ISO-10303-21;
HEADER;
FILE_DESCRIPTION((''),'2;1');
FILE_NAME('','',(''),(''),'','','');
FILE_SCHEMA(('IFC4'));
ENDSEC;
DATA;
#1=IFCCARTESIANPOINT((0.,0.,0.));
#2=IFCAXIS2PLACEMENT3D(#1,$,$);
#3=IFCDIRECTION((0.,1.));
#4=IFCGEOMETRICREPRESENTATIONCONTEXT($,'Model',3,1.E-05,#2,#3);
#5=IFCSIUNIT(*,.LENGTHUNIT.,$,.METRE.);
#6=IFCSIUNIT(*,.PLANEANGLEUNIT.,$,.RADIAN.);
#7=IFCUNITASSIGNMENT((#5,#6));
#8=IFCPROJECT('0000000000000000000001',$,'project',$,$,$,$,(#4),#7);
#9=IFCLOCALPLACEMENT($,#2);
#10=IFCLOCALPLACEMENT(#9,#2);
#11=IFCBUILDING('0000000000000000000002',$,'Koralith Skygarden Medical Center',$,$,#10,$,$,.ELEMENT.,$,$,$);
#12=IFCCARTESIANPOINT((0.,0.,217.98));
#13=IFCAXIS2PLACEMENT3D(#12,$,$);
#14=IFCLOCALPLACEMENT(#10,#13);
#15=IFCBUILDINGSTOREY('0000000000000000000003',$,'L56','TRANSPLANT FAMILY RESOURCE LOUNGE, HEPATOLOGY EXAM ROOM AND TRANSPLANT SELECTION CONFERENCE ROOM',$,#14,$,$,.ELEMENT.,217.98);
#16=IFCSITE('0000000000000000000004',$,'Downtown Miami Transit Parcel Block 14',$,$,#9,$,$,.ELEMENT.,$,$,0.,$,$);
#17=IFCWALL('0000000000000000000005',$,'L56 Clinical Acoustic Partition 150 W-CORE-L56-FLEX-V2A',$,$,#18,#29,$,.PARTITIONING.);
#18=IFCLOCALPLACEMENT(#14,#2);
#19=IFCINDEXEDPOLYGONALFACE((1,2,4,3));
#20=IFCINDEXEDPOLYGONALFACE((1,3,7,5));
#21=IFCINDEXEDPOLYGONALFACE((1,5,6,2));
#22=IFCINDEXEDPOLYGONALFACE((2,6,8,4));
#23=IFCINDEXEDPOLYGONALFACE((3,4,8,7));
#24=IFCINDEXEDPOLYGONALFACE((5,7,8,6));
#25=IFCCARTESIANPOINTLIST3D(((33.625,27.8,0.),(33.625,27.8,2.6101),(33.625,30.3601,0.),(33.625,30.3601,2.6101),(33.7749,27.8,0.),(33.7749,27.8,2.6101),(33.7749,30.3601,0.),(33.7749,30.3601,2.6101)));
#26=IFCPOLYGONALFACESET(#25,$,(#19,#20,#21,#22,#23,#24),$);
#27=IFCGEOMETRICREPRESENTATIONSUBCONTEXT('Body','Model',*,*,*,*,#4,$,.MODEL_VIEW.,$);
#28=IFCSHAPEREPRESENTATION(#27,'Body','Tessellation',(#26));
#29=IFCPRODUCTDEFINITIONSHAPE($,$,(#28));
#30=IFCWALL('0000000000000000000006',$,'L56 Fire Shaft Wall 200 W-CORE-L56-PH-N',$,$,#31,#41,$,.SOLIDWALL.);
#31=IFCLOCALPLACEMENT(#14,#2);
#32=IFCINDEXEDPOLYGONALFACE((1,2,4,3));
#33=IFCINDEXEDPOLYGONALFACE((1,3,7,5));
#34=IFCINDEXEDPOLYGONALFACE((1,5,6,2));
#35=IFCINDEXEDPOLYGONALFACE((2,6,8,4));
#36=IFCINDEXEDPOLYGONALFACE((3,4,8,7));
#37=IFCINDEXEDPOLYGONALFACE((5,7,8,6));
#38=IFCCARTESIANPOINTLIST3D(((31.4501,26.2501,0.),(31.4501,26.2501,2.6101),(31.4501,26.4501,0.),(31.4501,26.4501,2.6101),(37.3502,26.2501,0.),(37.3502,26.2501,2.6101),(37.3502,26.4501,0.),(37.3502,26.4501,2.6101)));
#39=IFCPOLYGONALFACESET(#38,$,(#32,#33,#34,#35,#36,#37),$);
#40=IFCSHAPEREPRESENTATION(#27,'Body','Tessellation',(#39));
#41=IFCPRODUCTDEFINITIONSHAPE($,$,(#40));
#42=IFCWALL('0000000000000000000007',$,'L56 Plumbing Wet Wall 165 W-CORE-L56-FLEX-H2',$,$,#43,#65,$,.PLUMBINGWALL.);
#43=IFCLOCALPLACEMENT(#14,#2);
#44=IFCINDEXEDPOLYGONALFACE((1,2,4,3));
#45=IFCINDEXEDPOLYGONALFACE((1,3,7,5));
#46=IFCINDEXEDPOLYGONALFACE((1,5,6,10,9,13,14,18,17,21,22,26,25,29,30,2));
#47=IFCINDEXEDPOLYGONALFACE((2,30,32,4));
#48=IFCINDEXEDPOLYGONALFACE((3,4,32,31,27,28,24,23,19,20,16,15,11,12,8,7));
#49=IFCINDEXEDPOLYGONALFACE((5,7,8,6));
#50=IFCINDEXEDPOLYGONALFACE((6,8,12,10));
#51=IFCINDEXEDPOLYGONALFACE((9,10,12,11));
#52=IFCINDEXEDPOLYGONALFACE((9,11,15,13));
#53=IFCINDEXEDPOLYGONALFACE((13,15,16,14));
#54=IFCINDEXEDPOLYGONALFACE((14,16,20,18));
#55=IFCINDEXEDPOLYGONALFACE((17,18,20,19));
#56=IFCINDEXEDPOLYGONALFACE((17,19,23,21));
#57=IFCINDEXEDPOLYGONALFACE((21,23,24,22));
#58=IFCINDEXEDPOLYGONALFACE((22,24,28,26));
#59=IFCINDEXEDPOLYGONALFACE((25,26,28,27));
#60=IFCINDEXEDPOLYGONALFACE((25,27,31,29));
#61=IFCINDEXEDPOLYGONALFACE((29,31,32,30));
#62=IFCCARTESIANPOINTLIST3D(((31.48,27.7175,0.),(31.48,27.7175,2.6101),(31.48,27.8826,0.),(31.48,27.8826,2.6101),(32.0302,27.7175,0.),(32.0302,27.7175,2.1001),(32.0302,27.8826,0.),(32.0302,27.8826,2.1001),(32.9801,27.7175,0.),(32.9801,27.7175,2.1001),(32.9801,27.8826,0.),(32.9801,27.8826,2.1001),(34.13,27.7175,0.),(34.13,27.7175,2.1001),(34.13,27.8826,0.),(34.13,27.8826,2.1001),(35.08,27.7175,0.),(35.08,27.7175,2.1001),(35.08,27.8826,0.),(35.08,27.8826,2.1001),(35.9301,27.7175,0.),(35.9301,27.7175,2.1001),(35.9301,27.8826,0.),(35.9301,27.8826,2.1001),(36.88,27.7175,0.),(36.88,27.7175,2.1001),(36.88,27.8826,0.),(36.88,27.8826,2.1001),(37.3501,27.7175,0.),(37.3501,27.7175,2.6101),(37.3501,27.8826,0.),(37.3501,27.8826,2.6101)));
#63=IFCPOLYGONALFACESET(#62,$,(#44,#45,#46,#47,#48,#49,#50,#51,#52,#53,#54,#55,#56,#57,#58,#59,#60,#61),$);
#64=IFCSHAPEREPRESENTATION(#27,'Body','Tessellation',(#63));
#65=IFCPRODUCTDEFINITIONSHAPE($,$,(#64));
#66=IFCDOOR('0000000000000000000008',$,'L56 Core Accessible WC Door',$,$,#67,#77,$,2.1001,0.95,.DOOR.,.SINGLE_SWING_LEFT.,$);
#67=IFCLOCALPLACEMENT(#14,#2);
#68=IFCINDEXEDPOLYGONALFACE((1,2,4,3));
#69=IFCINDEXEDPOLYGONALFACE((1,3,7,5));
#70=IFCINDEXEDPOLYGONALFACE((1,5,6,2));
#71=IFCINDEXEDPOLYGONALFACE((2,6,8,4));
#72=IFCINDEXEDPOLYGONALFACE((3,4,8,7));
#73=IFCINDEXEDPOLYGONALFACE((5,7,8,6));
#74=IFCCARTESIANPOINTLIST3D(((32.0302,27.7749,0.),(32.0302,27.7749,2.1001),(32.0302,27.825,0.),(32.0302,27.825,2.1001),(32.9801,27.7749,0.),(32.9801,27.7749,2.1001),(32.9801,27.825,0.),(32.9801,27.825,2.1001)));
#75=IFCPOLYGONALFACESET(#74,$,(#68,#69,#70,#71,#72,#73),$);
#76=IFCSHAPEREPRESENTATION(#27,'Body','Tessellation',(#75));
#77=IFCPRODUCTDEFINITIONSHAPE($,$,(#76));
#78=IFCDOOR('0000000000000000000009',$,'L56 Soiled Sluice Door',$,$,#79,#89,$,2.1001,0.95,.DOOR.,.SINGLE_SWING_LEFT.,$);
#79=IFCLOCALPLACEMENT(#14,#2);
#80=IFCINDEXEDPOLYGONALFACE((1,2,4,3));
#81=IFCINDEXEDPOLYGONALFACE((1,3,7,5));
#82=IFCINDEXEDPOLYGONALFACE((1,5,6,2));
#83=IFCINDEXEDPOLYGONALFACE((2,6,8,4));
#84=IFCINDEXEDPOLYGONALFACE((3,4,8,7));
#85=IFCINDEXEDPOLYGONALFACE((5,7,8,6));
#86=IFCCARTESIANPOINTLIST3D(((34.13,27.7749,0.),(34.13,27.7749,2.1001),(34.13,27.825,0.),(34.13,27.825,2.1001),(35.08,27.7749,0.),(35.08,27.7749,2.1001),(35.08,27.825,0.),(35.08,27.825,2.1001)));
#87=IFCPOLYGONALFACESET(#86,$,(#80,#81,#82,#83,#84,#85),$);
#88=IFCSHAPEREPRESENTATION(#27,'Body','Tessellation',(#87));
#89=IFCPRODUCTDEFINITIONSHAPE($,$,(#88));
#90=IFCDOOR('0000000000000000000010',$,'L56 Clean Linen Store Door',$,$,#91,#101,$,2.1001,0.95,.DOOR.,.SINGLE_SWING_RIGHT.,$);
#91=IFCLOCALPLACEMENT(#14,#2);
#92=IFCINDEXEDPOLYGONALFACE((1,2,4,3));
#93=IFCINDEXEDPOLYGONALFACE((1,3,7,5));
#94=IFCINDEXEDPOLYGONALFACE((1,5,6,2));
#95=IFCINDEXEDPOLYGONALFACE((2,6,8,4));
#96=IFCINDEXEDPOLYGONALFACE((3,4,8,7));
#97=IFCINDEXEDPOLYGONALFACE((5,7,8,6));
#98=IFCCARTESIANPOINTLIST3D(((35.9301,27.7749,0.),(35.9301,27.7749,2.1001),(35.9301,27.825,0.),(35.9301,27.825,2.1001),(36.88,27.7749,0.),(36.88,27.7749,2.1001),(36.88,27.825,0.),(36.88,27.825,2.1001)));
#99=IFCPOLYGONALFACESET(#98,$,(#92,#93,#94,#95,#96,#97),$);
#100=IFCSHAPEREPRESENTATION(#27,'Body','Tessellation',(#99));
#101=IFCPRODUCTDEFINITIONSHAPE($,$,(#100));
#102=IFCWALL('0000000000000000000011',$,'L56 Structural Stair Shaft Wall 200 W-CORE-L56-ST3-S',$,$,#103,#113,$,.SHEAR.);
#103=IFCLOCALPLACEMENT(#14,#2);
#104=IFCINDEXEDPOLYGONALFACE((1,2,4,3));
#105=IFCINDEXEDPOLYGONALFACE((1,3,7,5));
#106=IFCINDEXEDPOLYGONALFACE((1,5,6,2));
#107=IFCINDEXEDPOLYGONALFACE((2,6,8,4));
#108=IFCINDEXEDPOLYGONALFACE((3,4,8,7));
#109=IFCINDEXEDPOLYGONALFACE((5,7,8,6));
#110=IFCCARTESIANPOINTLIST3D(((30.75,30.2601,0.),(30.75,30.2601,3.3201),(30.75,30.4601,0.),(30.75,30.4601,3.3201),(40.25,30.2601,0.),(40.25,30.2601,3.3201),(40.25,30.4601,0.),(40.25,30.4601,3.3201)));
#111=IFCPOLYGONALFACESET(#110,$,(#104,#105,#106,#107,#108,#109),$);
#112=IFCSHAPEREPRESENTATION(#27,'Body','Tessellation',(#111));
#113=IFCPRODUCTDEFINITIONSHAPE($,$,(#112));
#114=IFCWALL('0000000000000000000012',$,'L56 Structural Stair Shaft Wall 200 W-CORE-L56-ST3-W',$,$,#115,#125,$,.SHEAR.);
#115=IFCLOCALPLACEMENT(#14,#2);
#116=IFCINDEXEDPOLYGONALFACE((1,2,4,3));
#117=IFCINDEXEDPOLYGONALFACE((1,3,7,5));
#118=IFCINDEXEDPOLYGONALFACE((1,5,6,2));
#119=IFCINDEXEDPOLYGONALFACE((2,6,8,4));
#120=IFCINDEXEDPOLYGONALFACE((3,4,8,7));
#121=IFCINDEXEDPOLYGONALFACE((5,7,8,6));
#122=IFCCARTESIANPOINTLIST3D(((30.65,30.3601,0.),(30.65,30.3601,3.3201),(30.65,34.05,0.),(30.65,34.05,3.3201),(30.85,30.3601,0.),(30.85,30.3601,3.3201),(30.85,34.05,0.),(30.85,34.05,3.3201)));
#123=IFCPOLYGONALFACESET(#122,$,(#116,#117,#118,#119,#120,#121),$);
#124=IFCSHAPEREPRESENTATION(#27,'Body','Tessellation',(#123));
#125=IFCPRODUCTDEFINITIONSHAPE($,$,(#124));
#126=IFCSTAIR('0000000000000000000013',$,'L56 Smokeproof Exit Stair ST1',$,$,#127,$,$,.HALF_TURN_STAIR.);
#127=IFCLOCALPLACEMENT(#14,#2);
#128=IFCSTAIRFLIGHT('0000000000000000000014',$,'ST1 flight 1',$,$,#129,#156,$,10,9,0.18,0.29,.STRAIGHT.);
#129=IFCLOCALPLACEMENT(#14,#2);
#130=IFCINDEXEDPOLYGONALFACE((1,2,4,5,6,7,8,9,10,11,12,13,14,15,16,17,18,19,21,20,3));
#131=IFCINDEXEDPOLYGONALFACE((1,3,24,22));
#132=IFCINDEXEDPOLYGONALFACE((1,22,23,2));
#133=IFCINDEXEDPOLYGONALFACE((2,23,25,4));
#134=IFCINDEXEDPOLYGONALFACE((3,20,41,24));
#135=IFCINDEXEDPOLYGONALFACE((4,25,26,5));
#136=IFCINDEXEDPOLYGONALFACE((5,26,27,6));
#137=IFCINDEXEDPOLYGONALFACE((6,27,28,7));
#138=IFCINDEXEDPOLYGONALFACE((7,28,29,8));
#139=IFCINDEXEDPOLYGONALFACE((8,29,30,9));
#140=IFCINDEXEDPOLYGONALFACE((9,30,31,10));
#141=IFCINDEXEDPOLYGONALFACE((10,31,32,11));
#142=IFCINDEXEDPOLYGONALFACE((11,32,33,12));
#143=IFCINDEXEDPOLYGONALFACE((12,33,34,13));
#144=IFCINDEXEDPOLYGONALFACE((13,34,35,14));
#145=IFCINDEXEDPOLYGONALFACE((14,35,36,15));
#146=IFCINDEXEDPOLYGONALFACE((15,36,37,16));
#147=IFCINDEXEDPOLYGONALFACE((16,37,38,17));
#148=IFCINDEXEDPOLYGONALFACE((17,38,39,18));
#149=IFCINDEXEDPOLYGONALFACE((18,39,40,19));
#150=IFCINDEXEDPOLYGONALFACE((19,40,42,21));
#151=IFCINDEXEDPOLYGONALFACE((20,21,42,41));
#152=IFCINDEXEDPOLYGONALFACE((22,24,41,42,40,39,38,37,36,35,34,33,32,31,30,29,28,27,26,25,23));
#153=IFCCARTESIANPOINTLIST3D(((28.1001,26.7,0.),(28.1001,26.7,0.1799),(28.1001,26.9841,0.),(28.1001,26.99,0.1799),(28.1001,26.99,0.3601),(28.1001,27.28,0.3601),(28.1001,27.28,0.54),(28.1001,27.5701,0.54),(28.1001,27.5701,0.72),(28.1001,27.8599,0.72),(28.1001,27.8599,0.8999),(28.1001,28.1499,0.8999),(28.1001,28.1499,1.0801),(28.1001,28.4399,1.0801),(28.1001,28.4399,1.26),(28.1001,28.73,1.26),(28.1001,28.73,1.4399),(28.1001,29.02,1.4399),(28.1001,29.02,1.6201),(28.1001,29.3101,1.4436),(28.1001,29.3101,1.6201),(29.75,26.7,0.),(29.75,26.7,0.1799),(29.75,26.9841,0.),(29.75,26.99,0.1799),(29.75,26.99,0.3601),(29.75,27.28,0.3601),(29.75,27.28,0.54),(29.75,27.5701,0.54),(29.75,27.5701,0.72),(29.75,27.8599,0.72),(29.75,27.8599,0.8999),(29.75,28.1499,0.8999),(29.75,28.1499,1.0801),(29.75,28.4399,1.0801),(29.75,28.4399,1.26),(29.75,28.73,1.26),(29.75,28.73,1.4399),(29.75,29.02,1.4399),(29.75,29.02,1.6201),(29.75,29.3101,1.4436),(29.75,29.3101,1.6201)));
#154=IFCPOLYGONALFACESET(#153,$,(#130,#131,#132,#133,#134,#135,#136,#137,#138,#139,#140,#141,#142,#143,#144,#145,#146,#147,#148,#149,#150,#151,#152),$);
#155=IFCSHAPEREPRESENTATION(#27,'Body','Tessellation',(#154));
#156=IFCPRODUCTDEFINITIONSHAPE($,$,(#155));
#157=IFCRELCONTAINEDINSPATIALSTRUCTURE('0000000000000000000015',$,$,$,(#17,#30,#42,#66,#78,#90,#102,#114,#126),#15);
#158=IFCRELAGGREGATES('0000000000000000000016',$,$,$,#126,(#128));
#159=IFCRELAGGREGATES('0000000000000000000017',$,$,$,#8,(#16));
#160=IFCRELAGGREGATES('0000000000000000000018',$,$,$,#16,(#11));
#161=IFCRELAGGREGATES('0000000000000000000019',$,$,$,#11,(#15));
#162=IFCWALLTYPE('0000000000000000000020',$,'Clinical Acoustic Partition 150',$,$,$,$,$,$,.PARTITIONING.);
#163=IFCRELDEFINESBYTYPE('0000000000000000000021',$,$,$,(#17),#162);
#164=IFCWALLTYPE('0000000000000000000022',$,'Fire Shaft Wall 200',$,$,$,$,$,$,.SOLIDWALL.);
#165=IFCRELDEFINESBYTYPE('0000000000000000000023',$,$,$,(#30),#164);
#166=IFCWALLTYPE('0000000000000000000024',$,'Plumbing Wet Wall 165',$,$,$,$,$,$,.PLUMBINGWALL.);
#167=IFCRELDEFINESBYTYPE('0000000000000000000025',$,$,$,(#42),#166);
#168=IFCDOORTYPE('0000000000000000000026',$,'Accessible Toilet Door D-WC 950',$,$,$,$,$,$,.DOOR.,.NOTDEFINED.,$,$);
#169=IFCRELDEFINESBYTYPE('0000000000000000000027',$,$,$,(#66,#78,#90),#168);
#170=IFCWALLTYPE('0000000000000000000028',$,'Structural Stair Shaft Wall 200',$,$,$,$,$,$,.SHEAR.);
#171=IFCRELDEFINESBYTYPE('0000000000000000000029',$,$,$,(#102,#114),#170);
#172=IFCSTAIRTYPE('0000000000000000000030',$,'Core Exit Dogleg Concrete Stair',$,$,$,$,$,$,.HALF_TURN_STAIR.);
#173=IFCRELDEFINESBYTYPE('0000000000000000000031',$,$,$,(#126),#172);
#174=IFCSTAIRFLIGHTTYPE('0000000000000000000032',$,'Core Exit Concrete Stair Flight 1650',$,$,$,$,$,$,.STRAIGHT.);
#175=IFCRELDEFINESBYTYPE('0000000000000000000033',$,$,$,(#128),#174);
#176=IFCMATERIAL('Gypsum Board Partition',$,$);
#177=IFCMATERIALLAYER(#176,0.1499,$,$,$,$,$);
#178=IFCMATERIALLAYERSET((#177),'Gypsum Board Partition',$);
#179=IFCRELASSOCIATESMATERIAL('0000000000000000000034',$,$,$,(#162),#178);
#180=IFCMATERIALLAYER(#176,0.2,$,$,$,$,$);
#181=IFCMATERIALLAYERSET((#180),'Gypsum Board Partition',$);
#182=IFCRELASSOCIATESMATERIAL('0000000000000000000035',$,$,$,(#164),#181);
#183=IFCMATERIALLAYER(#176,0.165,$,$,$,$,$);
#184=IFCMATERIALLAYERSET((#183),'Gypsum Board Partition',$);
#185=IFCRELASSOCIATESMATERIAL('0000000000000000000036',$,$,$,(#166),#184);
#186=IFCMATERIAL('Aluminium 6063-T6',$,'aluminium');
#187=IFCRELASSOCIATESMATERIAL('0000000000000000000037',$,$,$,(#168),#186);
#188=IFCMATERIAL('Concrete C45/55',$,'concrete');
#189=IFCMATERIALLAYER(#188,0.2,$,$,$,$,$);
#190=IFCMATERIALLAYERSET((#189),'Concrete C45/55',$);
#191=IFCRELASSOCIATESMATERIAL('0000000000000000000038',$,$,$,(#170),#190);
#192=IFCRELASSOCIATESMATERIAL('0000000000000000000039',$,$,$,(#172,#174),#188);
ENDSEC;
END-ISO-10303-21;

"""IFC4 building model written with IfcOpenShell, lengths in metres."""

from ifc_helpers import new_model, si_unit, direction, frame, frame_2d, origin, place, context, subcontext, project, spatial, polyline, rectangle, outline, extrude, material, layer, layer_set, type_object, element, fill, aggregate, save


model = new_model("IFC4")

# Units and contexts
model_context = context("Model", 3, precision=1e-05, world=origin(), true_north=direction((0.0, 1.0)))
body_context = subcontext(model_context, "Body", "Model", "MODEL_VIEW")
ifc_project = project(units=[si_unit("LENGTHUNIT", "METRE"), si_unit("PLANEANGLEUNIT", "RADIAN")], contexts=[model_context])

# Site, building, storey
site_placement = place(None, origin())
site = spatial("IfcSite", under=ifc_project, at=site_placement, Name="Downtown Miami Transit Parcel Block 14", CompositionType="ELEMENT", RefElevation=0.0)
building_placement = place(site_placement, origin())
building = spatial("IfcBuilding", under=site, at=building_placement, Name="Koralith Skygarden Medical Center", CompositionType="ELEMENT")
storey_placement = place(building_placement, frame((0.0, 0.0, 217.98)))
storey = spatial("IfcBuildingStorey", under=building, at=storey_placement, Name="L56", Description="TRANSPLANT FAMILY RESOURCE LOUNGE, HEPATOLOGY EXAM ROOM AND TRANSPLANT SELECTION CONFERENCE ROOM", CompositionType="ELEMENT", Elevation=217.98)

# Walls
ifc_material_1 = material(Name="Gypsum Board Partition")
ifc_layer_1 = layer(ifc_material_1, 0.1499)
ifc_layer_set_1 = layer_set([ifc_layer_1], Name="Gypsum Board Partition")
wall_type_1 = type_object("IfcWallType", Name="Clinical Acoustic Partition 150", PredefinedType="PARTITIONING", material=ifc_layer_set_1)
wall_1_placement = place(storey_placement, frame((33.7, 27.8, 0.0), z_axis=(0.0, 0.0, 1.0), x_axis=(0.0, 1.0, 0.0)))
element("IfcWall", 1, at=wall_1_placement, inside=storey, type_object=wall_type_1, Name="L56 Clinical Acoustic Partition 150 W-CORE-L56-FLEX-V2A", PredefinedType="PARTITIONING", context=body_context, shape_type="SweptSolid", body=[
    extrude(rectangle(XDim=2.5601, YDim=0.1499, at=frame_2d((1.28, 0.0))), origin(), (0.0, 0.0, 1.0), 2.6101),
])
ifc_layer_2 = layer(ifc_material_1, 0.2)
ifc_layer_set_2 = layer_set([ifc_layer_2], Name="Gypsum Board Partition")
wall_type_2 = type_object("IfcWallType", Name="Fire Shaft Wall 200", PredefinedType="SOLIDWALL", material=ifc_layer_set_2)
wall_2_placement = place(storey_placement, frame((31.45, 26.3501, 0.0), z_axis=(0.0, 0.0, 1.0), x_axis=(1.0, 0.0, 0.0)))
element("IfcWall", 2, at=wall_2_placement, inside=storey, type_object=wall_type_2, Name="L56 Fire Shaft Wall 200 W-CORE-L56-PH-N", PredefinedType="SOLIDWALL", context=body_context, shape_type="SweptSolid", body=[
    extrude(rectangle(XDim=5.9001, YDim=0.2, at=frame_2d((2.9502, 0.0))), origin(), (0.0, 0.0, 1.0), 2.6101),
])

# Shared definitions
ifc_layer_3 = layer(ifc_material_1, 0.165)
ifc_layer_set_3 = layer_set([ifc_layer_3], Name="Gypsum Board Partition")
wall_type_3 = type_object("IfcWallType", Name="Plumbing Wet Wall 165", PredefinedType="PLUMBINGWALL", material=ifc_layer_set_3)
ifc_material_2 = material(Name="Aluminium 6063-T6", Category="aluminium")

# Wall, openings, doors
wall_3_placement = place(storey_placement, frame((31.48, 27.8, 0.0), z_axis=(0.0, 0.0, 1.0), x_axis=(1.0, 0.0, 0.0)))
wall_3 = element("IfcWall", 3, at=wall_3_placement, inside=storey, type_object=wall_type_3, Name="L56 Plumbing Wet Wall 165 W-CORE-L56-FLEX-H2", PredefinedType="PLUMBINGWALL", context=body_context, shape_type="SweptSolid", body=[
    extrude(rectangle(XDim=5.8701, YDim=0.165, at=frame_2d((2.9351, 0.0))), origin(), (0.0, 0.0, 1.0), 2.6101),
])
opening_1_placement = place(wall_3_placement, frame((0.55, 0.0, 0.0)))
opening_1 = element("IfcOpeningElement", 4, at=opening_1_placement, cuts=wall_3, PredefinedType="OPENING", context=body_context, shape_type="SweptSolid", body=[
    extrude(rectangle(XDim=0.95, YDim=2.1001, at=frame_2d((0.4751, 1.05))), frame((0.0, 0.0925, 0.0), z_axis=(0.0, -1.0, 0.0), x_axis=(1.0, 0.0, 0.0)), (0.0, 0.0, 1.0), 0.1851),
])
opening_2_placement = place(wall_3_placement, frame((2.6499, 0.0, 0.0)))
opening_2 = element("IfcOpeningElement", 5, at=opening_2_placement, cuts=wall_3, PredefinedType="OPENING", context=body_context, shape_type="SweptSolid", body=[
    extrude(rectangle(XDim=0.95, YDim=2.1001, at=frame_2d((0.4751, 1.05))), frame((0.0, 0.0925, 0.0), z_axis=(0.0, -1.0, 0.0), x_axis=(1.0, 0.0, 0.0)), (0.0, 0.0, 1.0), 0.1851),
])
opening_3_placement = place(wall_3_placement, frame((4.45, 0.0, 0.0)))
opening_3 = element("IfcOpeningElement", 6, at=opening_3_placement, cuts=wall_3, PredefinedType="OPENING", context=body_context, shape_type="SweptSolid", body=[
    extrude(rectangle(XDim=0.95, YDim=2.1001, at=frame_2d((0.4751, 1.05))), frame((0.0, 0.0925, 0.0), z_axis=(0.0, -1.0, 0.0), x_axis=(1.0, 0.0, 0.0)), (0.0, 0.0, 1.0), 0.1851),
])
door_type_1 = type_object("IfcDoorType", Name="Accessible Toilet Door D-WC 950", OperationType="NOTDEFINED", PredefinedType="DOOR", material=ifc_material_2)
door_1_placement = place(opening_1_placement, origin())
door_1 = element("IfcDoor", 7, at=door_1_placement, inside=storey, type_object=door_type_1, Name="L56 Core Accessible WC Door", OperationType="SINGLE_SWING_LEFT", OverallHeight=2.1001, OverallWidth=0.95, PredefinedType="DOOR", context=body_context, shape_type="SweptSolid", body=[
    extrude(rectangle(XDim=0.95, YDim=2.1001, at=frame_2d((0.4751, 1.05))), frame((0.0, 0.0249, 0.0), z_axis=(0.0, -1.0, 0.0), x_axis=(1.0, 0.0, 0.0)), (0.0, 0.0, 1.0), 0.05),
])
fill(opening_1, door_1)
door_2_placement = place(opening_2_placement, origin())
door_2 = element("IfcDoor", 8, at=door_2_placement, inside=storey, type_object=door_type_1, Name="L56 Soiled Sluice Door", OperationType="SINGLE_SWING_LEFT", OverallHeight=2.1001, OverallWidth=0.95, PredefinedType="DOOR", context=body_context, shape_type="SweptSolid", body=[
    extrude(rectangle(XDim=0.95, YDim=2.1001, at=frame_2d((0.4751, 1.05))), frame((0.0, 0.0249, 0.0), z_axis=(0.0, -1.0, 0.0), x_axis=(1.0, 0.0, 0.0)), (0.0, 0.0, 1.0), 0.05),
])
fill(opening_2, door_2)
door_3_placement = place(opening_3_placement, origin())
door_3 = element("IfcDoor", 9, at=door_3_placement, inside=storey, type_object=door_type_1, Name="L56 Clean Linen Store Door", OperationType="SINGLE_SWING_RIGHT", OverallHeight=2.1001, OverallWidth=0.95, PredefinedType="DOOR", context=body_context, shape_type="SweptSolid", body=[
    extrude(rectangle(XDim=0.95, YDim=2.1001, at=frame_2d((0.4751, 1.05))), frame((0.0, 0.0249, 0.0), z_axis=(0.0, -1.0, 0.0), x_axis=(1.0, 0.0, 0.0)), (0.0, 0.0, 1.0), 0.05),
])
fill(opening_3, door_3)

# Walls
ifc_material_3 = material(Name="Concrete C45/55", Category="concrete")
ifc_layer_4 = layer(ifc_material_3, 0.2)
ifc_layer_set_4 = layer_set([ifc_layer_4], Name="Concrete C45/55")
wall_type_4 = type_object("IfcWallType", Name="Structural Stair Shaft Wall 200", PredefinedType="SHEAR", material=ifc_layer_set_4)
wall_4_placement = place(storey_placement, frame((30.75, 30.3601, 0.0), z_axis=(0.0, 0.0, 1.0), x_axis=(1.0, 0.0, 0.0)))
element("IfcWall", 10, at=wall_4_placement, inside=storey, type_object=wall_type_4, Name="L56 Structural Stair Shaft Wall 200 W-CORE-L56-ST3-S", PredefinedType="SHEAR", context=body_context, shape_type="SweptSolid", body=[
    extrude(rectangle(XDim=9.5, YDim=0.2, at=frame_2d((4.75, 0.0))), origin(), (0.0, 0.0, 1.0), 3.3201),
])
wall_5_placement = place(storey_placement, frame((30.75, 30.3601, 0.0), z_axis=(0.0, 0.0, 1.0), x_axis=(0.0, 1.0, 0.0)))
element("IfcWall", 11, at=wall_5_placement, inside=storey, type_object=wall_type_4, Name="L56 Structural Stair Shaft Wall 200 W-CORE-L56-ST3-W", PredefinedType="SHEAR", context=body_context, shape_type="SweptSolid", body=[
    extrude(rectangle(XDim=3.6899, YDim=0.2, at=frame_2d((1.845, 0.0))), origin(), (0.0, 0.0, 1.0), 3.3201),
])

# Stair, stair flight
stair_type = type_object("IfcStairType", Name="Core Exit Dogleg Concrete Stair", PredefinedType="HALF_TURN_STAIR", material=ifc_material_3)
stair_1_placement = place(storey_placement, origin())
stair_1 = element("IfcStair", 12, at=stair_1_placement, inside=storey, type_object=stair_type, Name="L56 Smokeproof Exit Stair ST1", PredefinedType="HALF_TURN_STAIR")
stair_flight_type = type_object("IfcStairFlightType", Name="Core Exit Concrete Stair Flight 1650", PredefinedType="STRAIGHT", material=ifc_material_3)
stair_flight_1_placement = place(storey_placement, frame((28.925, 26.7, 0.0), z_axis=(0.0, 0.0, 1.0), x_axis=(0.0, 1.0, 0.0)))
stair_flight_1 = element("IfcStairFlight", 13, at=stair_flight_1_placement, type_object=stair_flight_type, Name="ST1 flight 1", NumberOfRisers=10, NumberOfTreads=9, PredefinedType="STRAIGHT", RiserHeight=0.18, TreadLength=0.29, context=body_context, shape_type="SweptSolid", body=[
    extrude(outline(polyline([(0.0, 0.0), (0.0, 0.1799), (0.29, 0.1799), (0.29, 0.3601), (0.5801, 0.3601), (0.5801, 0.54), (0.8701, 0.54), (0.8701, 0.72), (1.1599, 0.72), (1.1599, 0.8999), (1.45, 0.8999), (1.45, 1.0801), (1.74, 1.0801), (1.74, 1.26), (2.03, 1.26), (2.03, 1.4399), (2.3201, 1.4399), (2.3201, 1.6201), (2.6101, 1.6201), (2.6101, 1.8), (2.6101, 1.4436), (0.2842, 0.0), (0.0, 0.0)])), frame((0.0, 0.825, 0.0), z_axis=(0.0, -1.0, 0.0), x_axis=(1.0, 0.0, 0.0)), (0.0, 0.0, 1.0), 1.6499),
])
aggregate(stair_1, [stair_flight_1])

save(model, "model.ifc")
